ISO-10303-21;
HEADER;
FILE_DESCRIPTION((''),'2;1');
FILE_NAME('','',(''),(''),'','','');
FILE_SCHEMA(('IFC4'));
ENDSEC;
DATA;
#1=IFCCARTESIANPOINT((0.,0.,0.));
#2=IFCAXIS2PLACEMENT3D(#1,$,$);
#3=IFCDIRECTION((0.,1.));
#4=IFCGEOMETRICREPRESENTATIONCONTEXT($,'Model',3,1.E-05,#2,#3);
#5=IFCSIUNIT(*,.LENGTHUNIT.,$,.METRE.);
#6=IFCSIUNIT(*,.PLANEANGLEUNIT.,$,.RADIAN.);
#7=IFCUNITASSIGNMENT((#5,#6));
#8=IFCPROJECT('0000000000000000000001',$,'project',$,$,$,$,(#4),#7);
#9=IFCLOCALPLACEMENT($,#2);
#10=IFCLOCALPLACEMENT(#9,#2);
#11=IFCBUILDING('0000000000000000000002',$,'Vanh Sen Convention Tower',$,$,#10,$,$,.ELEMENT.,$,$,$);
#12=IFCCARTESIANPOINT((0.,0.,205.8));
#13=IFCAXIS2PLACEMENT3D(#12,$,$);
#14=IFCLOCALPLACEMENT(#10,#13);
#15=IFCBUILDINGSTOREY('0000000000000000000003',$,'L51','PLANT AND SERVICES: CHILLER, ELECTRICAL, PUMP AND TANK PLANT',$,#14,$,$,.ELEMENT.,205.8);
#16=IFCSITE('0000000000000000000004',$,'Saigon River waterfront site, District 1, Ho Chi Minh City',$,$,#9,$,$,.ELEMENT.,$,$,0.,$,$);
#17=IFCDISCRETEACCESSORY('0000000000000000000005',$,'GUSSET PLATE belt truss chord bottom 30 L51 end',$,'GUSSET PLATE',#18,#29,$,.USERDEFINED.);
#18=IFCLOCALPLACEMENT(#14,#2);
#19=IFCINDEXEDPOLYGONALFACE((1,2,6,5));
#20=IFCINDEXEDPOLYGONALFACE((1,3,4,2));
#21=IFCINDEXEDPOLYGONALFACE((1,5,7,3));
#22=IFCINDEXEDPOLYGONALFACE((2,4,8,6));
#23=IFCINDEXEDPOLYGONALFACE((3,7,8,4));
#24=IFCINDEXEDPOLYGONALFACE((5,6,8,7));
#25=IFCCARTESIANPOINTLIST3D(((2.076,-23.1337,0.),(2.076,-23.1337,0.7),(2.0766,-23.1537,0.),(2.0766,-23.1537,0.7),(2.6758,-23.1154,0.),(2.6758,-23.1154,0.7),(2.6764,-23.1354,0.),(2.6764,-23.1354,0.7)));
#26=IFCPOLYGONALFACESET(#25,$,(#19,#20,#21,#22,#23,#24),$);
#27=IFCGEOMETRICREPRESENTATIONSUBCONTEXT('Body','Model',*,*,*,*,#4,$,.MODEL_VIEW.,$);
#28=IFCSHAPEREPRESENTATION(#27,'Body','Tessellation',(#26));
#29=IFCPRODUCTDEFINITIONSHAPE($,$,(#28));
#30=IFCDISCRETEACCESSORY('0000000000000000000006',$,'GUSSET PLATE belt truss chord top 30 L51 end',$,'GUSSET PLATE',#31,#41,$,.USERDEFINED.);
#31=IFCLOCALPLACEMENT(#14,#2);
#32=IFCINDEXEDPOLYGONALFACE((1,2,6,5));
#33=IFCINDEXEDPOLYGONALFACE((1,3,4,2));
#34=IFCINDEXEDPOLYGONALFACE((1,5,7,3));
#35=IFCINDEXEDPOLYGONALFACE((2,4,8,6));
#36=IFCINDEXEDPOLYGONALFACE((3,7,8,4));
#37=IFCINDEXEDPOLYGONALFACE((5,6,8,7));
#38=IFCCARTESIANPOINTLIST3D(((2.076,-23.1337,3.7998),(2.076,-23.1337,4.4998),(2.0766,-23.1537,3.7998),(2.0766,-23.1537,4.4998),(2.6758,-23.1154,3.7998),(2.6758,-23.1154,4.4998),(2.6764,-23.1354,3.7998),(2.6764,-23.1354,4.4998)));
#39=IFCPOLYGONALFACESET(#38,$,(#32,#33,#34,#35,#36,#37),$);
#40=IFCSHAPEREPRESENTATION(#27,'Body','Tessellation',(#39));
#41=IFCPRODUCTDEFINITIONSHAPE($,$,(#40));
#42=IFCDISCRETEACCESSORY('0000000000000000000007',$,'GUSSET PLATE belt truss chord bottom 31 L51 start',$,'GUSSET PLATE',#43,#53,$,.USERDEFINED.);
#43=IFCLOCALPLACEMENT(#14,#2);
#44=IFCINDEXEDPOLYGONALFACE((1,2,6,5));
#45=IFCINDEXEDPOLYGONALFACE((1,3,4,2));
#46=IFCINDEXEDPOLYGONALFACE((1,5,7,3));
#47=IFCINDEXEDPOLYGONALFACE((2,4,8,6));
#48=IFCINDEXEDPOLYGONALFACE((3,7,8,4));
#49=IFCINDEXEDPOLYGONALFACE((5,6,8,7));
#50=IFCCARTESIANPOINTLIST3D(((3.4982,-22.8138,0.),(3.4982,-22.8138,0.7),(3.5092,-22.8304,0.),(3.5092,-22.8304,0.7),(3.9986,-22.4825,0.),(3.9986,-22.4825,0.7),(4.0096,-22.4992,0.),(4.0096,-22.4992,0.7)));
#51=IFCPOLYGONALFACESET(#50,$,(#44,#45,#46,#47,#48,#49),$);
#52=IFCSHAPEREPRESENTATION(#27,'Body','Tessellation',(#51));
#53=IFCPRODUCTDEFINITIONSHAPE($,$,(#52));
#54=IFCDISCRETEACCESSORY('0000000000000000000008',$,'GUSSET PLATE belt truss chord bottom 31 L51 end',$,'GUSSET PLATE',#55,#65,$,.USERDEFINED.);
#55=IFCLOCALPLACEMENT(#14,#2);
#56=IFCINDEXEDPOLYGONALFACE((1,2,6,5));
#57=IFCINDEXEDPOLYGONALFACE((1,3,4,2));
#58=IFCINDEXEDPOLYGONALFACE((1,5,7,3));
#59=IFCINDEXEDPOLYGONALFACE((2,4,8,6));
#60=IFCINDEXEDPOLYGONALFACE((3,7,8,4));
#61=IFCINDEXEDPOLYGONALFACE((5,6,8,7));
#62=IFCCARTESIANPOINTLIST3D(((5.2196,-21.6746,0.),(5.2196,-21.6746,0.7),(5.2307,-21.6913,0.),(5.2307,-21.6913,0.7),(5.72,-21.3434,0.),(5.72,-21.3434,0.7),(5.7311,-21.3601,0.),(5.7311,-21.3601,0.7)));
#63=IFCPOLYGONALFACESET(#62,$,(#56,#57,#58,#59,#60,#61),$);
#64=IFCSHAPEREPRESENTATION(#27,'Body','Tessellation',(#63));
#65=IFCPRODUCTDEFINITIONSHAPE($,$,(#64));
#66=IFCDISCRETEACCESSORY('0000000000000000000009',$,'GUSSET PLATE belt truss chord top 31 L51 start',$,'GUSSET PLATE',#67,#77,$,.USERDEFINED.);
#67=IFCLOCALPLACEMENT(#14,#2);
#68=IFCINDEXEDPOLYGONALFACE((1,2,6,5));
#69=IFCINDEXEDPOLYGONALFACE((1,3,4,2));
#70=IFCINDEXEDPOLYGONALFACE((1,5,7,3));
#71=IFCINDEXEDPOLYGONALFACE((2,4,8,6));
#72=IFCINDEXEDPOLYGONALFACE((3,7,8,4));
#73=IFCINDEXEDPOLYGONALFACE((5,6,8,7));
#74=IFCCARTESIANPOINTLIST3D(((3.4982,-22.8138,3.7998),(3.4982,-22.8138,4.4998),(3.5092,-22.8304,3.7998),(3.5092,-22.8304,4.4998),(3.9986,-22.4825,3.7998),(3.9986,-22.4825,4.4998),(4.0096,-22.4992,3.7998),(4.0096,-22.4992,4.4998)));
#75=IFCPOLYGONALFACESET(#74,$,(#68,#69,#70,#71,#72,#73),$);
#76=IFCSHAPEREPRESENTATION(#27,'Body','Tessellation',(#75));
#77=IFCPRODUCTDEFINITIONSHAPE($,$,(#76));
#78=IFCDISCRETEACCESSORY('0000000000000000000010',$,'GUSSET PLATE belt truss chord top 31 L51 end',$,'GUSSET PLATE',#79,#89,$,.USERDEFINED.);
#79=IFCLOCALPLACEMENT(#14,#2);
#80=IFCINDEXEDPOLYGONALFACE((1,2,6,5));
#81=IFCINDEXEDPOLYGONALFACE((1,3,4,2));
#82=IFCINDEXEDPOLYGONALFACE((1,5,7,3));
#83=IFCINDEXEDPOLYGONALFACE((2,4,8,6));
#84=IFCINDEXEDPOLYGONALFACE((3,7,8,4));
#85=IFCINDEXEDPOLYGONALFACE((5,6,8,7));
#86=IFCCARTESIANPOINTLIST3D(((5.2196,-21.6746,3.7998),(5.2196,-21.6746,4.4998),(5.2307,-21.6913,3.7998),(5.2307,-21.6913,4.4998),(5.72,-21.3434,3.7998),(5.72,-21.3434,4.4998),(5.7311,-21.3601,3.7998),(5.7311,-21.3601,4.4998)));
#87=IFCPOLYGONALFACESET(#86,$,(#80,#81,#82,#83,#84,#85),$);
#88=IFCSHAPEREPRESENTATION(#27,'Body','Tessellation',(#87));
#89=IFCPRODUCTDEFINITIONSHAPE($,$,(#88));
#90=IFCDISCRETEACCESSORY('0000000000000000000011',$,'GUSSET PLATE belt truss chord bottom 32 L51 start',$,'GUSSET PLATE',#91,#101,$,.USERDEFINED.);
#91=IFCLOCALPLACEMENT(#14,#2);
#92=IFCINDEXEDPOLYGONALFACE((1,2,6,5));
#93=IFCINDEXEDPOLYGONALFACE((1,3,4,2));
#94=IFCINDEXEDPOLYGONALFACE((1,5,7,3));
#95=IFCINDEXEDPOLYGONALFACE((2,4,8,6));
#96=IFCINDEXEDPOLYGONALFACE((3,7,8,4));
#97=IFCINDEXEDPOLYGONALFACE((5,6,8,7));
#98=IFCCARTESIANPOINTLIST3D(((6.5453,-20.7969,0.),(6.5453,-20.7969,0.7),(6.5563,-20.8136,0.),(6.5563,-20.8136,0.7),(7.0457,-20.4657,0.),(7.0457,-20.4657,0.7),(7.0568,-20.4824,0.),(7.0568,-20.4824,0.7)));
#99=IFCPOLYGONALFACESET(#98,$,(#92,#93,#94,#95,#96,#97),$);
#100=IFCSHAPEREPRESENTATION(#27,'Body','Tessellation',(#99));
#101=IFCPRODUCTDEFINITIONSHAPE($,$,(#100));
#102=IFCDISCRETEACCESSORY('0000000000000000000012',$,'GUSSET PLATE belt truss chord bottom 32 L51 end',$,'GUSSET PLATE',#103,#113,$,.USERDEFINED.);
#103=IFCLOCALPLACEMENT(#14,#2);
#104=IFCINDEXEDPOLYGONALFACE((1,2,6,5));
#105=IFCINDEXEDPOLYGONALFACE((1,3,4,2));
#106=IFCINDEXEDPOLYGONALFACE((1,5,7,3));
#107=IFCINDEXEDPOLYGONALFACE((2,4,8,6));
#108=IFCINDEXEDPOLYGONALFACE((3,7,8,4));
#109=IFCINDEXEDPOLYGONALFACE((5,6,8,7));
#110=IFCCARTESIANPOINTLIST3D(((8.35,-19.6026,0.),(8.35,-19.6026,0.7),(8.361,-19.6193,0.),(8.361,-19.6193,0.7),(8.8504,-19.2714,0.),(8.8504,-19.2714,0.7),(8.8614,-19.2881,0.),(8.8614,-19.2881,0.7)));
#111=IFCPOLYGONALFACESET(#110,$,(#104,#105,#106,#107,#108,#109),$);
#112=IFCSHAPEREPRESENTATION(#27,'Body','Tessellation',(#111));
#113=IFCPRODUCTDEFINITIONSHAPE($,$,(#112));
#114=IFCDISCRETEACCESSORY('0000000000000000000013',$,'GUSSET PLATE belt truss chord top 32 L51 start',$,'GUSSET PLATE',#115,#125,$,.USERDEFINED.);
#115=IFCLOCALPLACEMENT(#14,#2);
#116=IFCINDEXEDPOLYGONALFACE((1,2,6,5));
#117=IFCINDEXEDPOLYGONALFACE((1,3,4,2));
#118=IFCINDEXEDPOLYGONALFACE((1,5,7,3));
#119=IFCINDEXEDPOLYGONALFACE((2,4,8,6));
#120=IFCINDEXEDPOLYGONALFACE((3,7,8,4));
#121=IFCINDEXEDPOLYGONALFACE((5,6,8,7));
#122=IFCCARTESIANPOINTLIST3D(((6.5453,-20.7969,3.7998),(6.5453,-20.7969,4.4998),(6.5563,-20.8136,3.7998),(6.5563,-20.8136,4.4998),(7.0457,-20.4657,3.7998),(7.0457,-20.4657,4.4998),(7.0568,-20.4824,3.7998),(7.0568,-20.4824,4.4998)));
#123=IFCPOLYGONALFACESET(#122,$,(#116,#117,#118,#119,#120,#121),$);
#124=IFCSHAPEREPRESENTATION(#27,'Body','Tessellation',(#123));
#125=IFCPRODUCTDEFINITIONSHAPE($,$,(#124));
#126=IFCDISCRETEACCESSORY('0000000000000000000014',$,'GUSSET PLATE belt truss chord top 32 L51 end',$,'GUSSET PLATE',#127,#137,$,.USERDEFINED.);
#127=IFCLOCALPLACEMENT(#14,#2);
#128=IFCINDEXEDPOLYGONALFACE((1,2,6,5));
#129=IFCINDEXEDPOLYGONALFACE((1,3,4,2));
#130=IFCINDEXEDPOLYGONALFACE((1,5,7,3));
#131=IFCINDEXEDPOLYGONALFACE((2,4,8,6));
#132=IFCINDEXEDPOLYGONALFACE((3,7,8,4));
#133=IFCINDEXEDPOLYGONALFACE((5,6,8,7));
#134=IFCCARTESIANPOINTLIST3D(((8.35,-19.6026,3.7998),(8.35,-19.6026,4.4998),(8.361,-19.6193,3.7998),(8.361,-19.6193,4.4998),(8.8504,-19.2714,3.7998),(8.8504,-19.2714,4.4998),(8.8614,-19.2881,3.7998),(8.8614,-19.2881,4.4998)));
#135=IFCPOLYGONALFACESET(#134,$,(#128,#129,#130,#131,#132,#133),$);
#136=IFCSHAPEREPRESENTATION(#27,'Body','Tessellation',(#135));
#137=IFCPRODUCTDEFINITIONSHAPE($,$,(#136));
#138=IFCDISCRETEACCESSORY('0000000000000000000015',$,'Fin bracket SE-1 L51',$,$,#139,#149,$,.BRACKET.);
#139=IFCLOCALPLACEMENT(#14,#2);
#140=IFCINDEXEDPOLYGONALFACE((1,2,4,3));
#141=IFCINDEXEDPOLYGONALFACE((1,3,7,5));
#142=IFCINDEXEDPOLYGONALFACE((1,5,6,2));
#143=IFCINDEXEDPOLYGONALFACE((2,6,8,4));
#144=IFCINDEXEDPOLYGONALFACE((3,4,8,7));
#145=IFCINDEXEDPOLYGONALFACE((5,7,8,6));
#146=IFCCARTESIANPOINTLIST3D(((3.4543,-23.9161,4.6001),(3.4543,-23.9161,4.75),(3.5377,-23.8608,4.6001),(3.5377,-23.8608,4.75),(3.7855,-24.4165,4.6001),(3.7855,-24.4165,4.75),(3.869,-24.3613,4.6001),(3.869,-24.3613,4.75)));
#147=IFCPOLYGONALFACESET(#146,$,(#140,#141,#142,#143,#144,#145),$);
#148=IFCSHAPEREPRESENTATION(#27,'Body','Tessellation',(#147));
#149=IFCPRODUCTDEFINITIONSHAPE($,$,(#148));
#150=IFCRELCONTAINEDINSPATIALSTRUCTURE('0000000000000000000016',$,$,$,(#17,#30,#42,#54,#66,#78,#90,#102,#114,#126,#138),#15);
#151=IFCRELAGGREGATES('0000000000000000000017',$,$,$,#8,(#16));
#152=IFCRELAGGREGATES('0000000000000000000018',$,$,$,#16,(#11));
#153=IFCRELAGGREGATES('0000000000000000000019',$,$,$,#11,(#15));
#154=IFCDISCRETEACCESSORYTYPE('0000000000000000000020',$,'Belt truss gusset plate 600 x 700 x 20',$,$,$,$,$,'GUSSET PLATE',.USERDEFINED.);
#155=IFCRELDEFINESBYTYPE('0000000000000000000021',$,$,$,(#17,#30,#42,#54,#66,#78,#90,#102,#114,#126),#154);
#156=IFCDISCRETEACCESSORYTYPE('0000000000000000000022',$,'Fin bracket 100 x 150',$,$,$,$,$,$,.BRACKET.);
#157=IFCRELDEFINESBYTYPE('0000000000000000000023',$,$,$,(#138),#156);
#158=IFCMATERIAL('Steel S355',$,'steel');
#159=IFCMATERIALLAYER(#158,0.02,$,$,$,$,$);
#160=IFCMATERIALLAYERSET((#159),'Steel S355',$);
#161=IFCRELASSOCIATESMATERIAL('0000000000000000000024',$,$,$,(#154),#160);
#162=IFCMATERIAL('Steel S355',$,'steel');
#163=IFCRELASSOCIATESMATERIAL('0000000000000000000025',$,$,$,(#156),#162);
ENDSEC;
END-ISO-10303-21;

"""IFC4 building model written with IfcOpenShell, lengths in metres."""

from ifc_helpers import new_model, si_unit, direction, frame, origin, origin_2d, place, context, subcontext, project, spatial, rectangle, extrude, material, layer, layer_set, type_object, element, save


model = new_model("IFC4")

# Units and contexts
model_context = context("Model", 3, precision=1e-05, world=origin(), true_north=direction((0.0, 1.0)))
body_context = subcontext(model_context, "Body", "Model", "MODEL_VIEW")
ifc_project = project(units=[si_unit("LENGTHUNIT", "METRE"), si_unit("PLANEANGLEUNIT", "RADIAN")], contexts=[model_context])

# Site, building, storey
site_placement = place(None, origin())
site = spatial("IfcSite", under=ifc_project, at=site_placement, Name="Saigon River waterfront site, District 1, Ho Chi Minh City", CompositionType="ELEMENT", RefElevation=0.0)
building_placement = place(site_placement, origin())
building = spatial("IfcBuilding", under=site, at=building_placement, Name="Vanh Sen Convention Tower", CompositionType="ELEMENT")
storey_placement = place(building_placement, frame((0.0, 0.0, 205.8)))
storey = spatial("IfcBuildingStorey", under=building, at=storey_placement, Name="L51", Description="PLANT AND SERVICES: CHILLER, ELECTRICAL, PUMP AND TANK PLANT", CompositionType="ELEMENT", Elevation=205.8)

# Shared definitions
ifc_material_1 = material(Name="Steel S355", Category="steel")

# Discrete accessories
ifc_layer_1 = layer(ifc_material_1, 0.02)
ifc_layer_set_1 = layer_set([ifc_layer_1], Name="Steel S355")
discrete_accessory_type_1 = type_object("IfcDiscreteAccessoryType", Name="Belt truss gusset plate 600 x 700 x 20", ElementType="GUSSET PLATE", PredefinedType="USERDEFINED", material=ifc_layer_set_1)
for number, where, z_axis, x_axis, name in (
    (1, (2.3762, -23.1345, 0.0), (0.0, 0.0, 1.0), (-0.999534, -0.03054, 0.0), "GUSSET PLATE belt truss chord bottom 30 L51 end"),
    (2, (2.3762, -23.1345, 3.7998), (0.0, 0.0, 1.0), (-0.999534, -0.03054, 0.0), "GUSSET PLATE belt truss chord top 30 L51 end"),
    (3, (3.7539, -22.6565, 0.0), (0.0, 0.0, 1.0), (0.83389, 0.551931, 0.0), "GUSSET PLATE belt truss chord bottom 31 L51 start"),
    (4, (5.4753, -21.5173, 0.0), (0.0, 0.0, 1.0), (-0.83389, -0.551931, 0.0), "GUSSET PLATE belt truss chord bottom 31 L51 end"),
    (5, (3.7539, -22.6565, 3.7998), (0.0, 0.0, 1.0), (0.83389, 0.551931, 0.0), "GUSSET PLATE belt truss chord top 31 L51 start"),
    (6, (5.4753, -21.5173, 3.7998), (0.0, 0.0, 1.0), (-0.83389, -0.551931, 0.0), "GUSSET PLATE belt truss chord top 31 L51 end"),
    (7, (6.801, -20.6396, 0.0), (0.0, 0.0, 1.0), (0.83389, 0.551931, 0.0), "GUSSET PLATE belt truss chord bottom 32 L51 start"),
    (8, (8.6057, -19.4453, 0.0), (0.0, 0.0, 1.0), (-0.83389, -0.551931, 0.0), "GUSSET PLATE belt truss chord bottom 32 L51 end"),
    (9, (6.801, -20.6396, 3.7998), (0.0, 0.0, 1.0), (0.83389, 0.551931, 0.0), "GUSSET PLATE belt truss chord top 32 L51 start"),
    (10, (8.6057, -19.4453, 3.7998), (0.0, 0.0, 1.0), (-0.83389, -0.551931, 0.0), "GUSSET PLATE belt truss chord top 32 L51 end"),
):
    element("IfcDiscreteAccessory", number, at=place(storey_placement, frame(where, z_axis=z_axis, x_axis=x_axis)), inside=storey, type_object=discrete_accessory_type_1, Name=name, ObjectType="GUSSET PLATE", PredefinedType="USERDEFINED", context=body_context, shape_type="SweptSolid", body=[
        extrude(rectangle(XDim=0.6001, YDim=0.02, at=origin_2d()), origin(), (0.0, 0.0, 1.0), 0.7),
    ])
ifc_material_2 = material(Name="Steel S355", Category="steel")
discrete_accessory_type_2 = type_object("IfcDiscreteAccessoryType", Name="Fin bracket 100 x 150", PredefinedType="BRACKET", material=ifc_material_2)
discrete_accessory_placement = place(storey_placement, frame((3.6616, -24.1387, 4.6001), z_axis=(0.0, 0.0, 1.0), x_axis=(0.551937, -0.833886, 0.0)))
element("IfcDiscreteAccessory", 11, at=discrete_accessory_placement, inside=storey, type_object=discrete_accessory_type_2, Name="Fin bracket SE-1 L51", PredefinedType="BRACKET", context=body_context, shape_type="SweptSolid", body=[
    extrude(rectangle(XDim=0.6001, YDim=0.1001, at=origin_2d()), origin(), (0.0, 0.0, 1.0), 0.1499),
])

save(model, "model.ifc")
